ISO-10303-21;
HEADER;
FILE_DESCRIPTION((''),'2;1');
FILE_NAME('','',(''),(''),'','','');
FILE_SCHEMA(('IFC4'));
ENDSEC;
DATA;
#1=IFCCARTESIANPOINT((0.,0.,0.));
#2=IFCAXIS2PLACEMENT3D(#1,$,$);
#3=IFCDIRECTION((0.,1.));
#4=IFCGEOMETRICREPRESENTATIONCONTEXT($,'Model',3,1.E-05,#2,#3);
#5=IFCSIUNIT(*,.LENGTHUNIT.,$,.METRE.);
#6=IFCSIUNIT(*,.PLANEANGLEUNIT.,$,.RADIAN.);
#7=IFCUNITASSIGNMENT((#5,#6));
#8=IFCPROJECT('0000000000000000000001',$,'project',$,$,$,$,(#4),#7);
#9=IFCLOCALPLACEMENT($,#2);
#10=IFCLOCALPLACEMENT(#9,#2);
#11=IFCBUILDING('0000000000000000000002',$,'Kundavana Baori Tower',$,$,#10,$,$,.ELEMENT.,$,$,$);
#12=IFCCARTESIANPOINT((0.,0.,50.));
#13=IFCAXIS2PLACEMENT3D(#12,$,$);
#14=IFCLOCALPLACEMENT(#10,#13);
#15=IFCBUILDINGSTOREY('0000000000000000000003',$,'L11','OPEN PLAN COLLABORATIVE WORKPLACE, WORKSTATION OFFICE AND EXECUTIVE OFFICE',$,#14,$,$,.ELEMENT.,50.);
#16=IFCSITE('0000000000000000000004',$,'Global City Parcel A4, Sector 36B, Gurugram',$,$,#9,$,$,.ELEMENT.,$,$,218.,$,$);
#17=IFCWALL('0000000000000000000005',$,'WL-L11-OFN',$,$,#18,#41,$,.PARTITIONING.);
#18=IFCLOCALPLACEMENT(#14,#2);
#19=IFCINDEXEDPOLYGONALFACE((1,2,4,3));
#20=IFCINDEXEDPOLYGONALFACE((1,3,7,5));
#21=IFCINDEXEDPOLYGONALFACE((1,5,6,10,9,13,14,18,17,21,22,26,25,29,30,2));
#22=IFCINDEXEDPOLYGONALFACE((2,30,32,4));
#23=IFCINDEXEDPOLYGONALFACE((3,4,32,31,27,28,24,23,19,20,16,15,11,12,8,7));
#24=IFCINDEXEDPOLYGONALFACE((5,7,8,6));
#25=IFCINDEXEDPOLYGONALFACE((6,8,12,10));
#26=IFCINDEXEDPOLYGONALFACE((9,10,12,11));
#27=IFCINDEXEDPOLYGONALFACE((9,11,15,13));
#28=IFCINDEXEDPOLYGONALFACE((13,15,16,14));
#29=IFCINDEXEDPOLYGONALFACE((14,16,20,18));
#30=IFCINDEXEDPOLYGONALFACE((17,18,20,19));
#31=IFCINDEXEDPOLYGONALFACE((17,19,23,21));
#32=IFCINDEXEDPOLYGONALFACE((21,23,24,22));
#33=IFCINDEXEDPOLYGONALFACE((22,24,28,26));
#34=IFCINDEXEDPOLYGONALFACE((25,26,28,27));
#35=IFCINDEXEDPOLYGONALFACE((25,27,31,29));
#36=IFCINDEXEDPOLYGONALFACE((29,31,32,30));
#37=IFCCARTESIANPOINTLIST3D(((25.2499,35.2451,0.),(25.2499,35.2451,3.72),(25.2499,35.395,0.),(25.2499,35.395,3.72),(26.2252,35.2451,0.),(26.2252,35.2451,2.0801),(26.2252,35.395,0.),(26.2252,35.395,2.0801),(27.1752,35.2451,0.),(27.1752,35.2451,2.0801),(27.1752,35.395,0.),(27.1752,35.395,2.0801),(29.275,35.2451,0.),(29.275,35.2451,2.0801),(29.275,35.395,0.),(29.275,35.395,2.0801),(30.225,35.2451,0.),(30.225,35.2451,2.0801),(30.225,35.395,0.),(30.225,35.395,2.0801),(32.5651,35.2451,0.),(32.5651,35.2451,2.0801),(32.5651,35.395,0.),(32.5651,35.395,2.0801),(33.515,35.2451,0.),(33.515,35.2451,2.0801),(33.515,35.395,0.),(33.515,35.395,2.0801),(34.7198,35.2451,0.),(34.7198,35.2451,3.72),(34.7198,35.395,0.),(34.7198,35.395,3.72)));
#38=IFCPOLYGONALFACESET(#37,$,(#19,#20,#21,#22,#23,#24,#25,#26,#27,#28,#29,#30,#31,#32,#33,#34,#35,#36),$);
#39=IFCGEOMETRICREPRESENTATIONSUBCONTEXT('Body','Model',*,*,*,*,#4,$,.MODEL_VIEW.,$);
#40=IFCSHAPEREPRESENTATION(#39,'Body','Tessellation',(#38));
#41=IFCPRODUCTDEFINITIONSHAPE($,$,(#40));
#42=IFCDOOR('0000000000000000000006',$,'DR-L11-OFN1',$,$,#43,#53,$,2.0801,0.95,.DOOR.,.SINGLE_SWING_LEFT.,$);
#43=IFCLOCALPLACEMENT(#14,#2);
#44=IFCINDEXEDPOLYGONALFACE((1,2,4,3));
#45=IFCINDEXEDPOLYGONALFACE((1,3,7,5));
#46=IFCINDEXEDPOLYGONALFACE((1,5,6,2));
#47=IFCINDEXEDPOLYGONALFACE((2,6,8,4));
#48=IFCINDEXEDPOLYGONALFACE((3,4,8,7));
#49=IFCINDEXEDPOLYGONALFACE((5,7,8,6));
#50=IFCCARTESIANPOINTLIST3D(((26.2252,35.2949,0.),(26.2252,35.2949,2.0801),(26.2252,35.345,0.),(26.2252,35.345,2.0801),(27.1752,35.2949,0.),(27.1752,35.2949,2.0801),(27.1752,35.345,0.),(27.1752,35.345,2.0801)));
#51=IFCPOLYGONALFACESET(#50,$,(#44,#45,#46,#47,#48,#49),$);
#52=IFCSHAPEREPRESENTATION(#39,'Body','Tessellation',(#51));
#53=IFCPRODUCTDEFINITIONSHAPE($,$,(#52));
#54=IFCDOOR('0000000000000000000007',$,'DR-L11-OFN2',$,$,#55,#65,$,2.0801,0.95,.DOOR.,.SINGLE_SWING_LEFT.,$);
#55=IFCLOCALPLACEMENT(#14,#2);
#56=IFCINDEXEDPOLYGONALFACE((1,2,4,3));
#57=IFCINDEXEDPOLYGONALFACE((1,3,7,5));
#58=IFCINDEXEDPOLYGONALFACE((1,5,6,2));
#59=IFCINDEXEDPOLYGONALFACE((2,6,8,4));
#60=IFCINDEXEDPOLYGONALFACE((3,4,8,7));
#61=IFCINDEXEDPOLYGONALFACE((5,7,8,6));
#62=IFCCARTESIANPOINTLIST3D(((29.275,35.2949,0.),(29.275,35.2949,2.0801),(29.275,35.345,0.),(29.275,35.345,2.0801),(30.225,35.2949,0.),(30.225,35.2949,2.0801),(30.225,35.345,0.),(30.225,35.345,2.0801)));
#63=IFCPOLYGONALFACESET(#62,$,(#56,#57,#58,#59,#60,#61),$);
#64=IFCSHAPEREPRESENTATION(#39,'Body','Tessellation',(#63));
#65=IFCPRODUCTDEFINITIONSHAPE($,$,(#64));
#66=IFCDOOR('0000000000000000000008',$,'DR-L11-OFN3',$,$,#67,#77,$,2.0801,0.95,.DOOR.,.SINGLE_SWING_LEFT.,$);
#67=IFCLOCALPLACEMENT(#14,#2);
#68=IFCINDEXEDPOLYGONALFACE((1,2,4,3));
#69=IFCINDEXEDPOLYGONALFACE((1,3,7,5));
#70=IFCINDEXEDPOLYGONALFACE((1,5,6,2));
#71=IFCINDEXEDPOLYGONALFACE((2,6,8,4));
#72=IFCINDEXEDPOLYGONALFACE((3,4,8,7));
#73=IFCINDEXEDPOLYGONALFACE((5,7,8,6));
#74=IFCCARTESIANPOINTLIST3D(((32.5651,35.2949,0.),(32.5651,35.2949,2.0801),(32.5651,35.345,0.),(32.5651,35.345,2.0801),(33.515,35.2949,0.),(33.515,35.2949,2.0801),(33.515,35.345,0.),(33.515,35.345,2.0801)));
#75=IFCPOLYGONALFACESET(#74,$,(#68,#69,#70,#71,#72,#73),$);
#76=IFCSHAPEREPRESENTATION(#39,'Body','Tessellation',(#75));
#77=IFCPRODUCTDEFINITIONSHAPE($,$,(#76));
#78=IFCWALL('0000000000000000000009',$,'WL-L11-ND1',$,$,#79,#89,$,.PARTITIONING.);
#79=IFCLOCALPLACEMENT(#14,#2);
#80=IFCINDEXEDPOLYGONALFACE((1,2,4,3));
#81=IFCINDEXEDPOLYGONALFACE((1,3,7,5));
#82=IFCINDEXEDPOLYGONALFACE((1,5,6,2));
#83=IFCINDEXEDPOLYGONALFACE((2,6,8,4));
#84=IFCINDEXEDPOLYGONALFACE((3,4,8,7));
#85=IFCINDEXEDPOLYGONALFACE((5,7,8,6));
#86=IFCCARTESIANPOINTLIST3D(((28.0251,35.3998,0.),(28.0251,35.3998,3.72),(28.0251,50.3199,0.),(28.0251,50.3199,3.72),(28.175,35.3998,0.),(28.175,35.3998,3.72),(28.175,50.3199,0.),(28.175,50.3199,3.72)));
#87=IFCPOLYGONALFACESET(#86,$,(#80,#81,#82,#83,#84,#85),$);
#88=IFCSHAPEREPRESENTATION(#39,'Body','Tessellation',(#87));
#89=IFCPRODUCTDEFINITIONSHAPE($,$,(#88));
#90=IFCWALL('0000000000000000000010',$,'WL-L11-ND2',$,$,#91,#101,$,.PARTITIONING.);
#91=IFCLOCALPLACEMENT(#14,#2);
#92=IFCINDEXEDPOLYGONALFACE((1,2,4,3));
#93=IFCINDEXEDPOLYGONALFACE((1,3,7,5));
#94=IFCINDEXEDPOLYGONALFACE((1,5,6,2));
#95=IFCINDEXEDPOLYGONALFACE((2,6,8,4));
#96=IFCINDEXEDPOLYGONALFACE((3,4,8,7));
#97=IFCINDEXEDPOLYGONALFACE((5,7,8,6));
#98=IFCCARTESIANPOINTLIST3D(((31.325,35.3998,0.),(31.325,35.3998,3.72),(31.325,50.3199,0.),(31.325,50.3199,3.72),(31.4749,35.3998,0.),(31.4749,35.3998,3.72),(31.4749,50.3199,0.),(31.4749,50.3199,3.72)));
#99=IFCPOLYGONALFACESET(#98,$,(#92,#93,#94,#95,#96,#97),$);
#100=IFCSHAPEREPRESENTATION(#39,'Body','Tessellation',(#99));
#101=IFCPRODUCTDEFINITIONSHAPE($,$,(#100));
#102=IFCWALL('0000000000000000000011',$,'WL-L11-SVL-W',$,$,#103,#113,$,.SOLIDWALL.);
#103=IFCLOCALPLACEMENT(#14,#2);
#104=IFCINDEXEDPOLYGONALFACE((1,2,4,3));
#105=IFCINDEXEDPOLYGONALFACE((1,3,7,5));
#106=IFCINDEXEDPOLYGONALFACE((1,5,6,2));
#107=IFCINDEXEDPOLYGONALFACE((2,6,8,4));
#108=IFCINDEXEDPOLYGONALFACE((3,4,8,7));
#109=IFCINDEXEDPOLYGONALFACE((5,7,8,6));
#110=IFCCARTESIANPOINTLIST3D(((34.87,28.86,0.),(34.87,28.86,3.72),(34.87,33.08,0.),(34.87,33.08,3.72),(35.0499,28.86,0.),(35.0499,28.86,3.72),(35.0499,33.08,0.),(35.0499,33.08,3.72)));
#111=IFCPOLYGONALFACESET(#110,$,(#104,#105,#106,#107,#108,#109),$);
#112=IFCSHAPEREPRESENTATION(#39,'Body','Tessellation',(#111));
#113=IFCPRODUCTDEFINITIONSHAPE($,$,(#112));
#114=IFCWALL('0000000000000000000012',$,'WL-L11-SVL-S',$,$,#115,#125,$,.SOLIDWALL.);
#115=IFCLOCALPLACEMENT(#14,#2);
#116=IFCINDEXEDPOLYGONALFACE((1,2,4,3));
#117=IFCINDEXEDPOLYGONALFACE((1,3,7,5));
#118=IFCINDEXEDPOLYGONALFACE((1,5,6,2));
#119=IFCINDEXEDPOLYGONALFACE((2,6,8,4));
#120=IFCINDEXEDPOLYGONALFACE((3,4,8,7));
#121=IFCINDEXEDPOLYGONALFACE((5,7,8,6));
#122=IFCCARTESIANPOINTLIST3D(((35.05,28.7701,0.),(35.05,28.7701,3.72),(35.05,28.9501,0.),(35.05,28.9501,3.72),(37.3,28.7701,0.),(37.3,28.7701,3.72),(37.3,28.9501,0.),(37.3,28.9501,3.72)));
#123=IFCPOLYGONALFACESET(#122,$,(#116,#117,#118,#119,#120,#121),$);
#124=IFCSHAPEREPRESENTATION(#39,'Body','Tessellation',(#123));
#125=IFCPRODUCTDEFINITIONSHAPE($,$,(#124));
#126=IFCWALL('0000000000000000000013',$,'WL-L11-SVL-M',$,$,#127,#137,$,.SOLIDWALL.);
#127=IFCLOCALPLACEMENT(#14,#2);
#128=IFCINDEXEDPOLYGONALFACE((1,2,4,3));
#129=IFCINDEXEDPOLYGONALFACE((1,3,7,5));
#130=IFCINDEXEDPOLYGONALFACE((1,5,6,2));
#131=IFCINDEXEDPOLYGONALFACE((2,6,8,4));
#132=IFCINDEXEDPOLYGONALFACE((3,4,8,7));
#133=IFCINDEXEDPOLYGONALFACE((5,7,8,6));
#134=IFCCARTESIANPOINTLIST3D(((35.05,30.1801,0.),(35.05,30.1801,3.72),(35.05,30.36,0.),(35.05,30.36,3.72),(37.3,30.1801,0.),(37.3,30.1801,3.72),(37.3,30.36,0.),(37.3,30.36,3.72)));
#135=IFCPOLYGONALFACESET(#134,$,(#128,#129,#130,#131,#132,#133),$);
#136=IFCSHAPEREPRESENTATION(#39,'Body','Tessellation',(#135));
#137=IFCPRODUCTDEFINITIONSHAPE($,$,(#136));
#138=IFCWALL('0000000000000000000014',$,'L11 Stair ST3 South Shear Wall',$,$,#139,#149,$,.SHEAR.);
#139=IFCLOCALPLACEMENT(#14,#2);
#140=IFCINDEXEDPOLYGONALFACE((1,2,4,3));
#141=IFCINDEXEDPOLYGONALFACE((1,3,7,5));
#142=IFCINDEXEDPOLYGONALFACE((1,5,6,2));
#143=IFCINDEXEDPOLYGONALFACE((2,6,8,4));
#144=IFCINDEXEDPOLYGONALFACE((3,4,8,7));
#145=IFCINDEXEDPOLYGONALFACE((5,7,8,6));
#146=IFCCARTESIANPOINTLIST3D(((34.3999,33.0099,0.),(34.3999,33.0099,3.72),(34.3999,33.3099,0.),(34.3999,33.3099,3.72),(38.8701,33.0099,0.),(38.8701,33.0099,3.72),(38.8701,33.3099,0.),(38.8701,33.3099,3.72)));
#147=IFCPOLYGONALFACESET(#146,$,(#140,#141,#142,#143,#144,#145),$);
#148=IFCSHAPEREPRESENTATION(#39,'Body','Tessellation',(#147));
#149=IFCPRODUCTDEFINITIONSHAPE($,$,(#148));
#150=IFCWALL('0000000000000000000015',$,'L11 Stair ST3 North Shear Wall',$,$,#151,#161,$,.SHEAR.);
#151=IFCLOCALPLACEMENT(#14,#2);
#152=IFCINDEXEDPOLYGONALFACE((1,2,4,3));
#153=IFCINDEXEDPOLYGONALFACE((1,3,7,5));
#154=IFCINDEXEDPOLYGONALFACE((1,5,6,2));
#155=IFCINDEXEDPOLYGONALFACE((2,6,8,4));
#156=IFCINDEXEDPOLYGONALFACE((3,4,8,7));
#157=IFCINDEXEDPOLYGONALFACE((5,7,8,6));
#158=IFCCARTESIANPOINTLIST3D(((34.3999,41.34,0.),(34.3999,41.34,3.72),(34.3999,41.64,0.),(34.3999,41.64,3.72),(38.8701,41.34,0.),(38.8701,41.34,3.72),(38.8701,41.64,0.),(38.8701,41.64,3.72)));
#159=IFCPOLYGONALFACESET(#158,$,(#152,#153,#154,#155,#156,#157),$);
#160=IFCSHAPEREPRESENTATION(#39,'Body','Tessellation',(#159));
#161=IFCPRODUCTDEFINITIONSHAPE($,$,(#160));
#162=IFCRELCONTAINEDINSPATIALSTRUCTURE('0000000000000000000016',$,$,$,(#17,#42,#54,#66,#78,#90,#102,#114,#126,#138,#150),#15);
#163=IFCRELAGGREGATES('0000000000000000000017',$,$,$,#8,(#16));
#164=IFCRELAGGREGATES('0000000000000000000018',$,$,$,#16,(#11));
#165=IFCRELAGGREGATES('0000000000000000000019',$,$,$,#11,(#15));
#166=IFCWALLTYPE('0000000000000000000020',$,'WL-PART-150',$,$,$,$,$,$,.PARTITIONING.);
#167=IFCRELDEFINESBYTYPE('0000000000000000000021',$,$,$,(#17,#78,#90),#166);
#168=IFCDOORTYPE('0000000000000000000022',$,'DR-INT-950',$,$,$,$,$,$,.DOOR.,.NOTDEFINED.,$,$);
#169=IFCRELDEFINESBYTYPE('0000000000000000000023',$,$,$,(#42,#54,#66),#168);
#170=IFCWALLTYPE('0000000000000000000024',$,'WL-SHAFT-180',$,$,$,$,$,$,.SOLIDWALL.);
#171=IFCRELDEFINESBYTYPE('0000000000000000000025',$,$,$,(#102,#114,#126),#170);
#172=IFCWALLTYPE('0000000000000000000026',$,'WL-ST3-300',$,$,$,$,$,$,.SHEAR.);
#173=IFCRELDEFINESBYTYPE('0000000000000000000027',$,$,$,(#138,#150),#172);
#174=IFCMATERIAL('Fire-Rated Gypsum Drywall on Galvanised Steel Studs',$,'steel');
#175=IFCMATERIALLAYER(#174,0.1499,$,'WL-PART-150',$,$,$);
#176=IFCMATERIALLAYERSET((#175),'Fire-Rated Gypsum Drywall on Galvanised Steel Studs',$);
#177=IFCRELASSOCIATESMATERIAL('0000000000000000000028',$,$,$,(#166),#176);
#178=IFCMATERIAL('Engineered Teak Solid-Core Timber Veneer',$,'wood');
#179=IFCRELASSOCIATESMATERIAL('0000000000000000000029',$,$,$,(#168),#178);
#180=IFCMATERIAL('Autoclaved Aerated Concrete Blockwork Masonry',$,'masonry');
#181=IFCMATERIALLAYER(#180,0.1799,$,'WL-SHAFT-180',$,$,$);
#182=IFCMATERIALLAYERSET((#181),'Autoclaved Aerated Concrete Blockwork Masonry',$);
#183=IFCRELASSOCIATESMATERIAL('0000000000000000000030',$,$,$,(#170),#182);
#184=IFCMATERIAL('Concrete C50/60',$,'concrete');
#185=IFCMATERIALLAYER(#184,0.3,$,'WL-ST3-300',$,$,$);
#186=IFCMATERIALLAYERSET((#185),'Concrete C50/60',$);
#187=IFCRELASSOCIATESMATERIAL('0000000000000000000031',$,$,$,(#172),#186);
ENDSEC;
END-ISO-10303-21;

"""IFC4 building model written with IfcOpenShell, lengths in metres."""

from ifc_helpers import new_model, si_unit, direction, frame, frame_2d, origin, place, context, subcontext, project, spatial, rectangle, extrude, material, layer, layer_set, type_object, element, fill, save


model = new_model("IFC4")

# Units and contexts
model_context = context("Model", 3, precision=1e-05, world=origin(), true_north=direction((0.0, 1.0)))
body_context = subcontext(model_context, "Body", "Model", "MODEL_VIEW")
ifc_project = project(units=[si_unit("LENGTHUNIT", "METRE"), si_unit("PLANEANGLEUNIT", "RADIAN")], contexts=[model_context])

# Site, building, storey
site_placement = place(None, origin())
site = spatial("IfcSite", under=ifc_project, at=site_placement, Name="Global City Parcel A4, Sector 36B, Gurugram", CompositionType="ELEMENT", RefElevation=218.0)
building_placement = place(site_placement, origin())
building = spatial("IfcBuilding", under=site, at=building_placement, Name="Kundavana Baori Tower", CompositionType="ELEMENT")
storey_placement = place(building_placement, frame((0.0, 0.0, 50.0)))
storey = spatial("IfcBuildingStorey", under=building, at=storey_placement, Name="L11", Description="OPEN PLAN COLLABORATIVE WORKPLACE, WORKSTATION OFFICE AND EXECUTIVE OFFICE", CompositionType="ELEMENT", Elevation=50.0)

# Wall, openings, doors
ifc_material_1 = material(Name="Fire-Rated Gypsum Drywall on Galvanised Steel Studs", Category="steel")
ifc_layer_1 = layer(ifc_material_1, 0.1499, Name="WL-PART-150")
ifc_layer_set_1 = layer_set([ifc_layer_1], Name="Fire-Rated Gypsum Drywall on Galvanised Steel Studs")
wall_type_1 = type_object("IfcWallType", Name="WL-PART-150", PredefinedType="PARTITIONING", material=ifc_layer_set_1)
wall_1_placement = place(storey_placement, frame((25.25, 35.3201, 0.0), z_axis=(0.0, 0.0, 1.0), x_axis=(1.0, 0.0, 0.0)))
wall_1 = element("IfcWall", 1, at=wall_1_placement, inside=storey, type_object=wall_type_1, Name="WL-L11-OFN", PredefinedType="PARTITIONING", context=body_context, shape_type="SweptSolid", body=[
    extrude(rectangle(XDim=9.47, YDim=0.1499, at=frame_2d((4.7349, 0.0))), origin(), (0.0, 0.0, 1.0), 3.72),
])
opening_1_placement = place(wall_1_placement, frame((0.9751, 0.0, 0.0)))
opening_1 = element("IfcOpeningElement", 2, at=opening_1_placement, cuts=wall_1, PredefinedType="OPENING", context=body_context, shape_type="SweptSolid", body=[
    extrude(rectangle(XDim=0.95, YDim=2.0801, at=frame_2d((0.4751, 1.04))), frame((0.0, 0.085, 0.0), z_axis=(0.0, -1.0, 0.0), x_axis=(1.0, 0.0, 0.0)), (0.0, 0.0, 1.0), 0.1699),
])
opening_2_placement = place(wall_1_placement, frame((4.0249, 0.0, 0.0)))
opening_2 = element("IfcOpeningElement", 3, at=opening_2_placement, cuts=wall_1, PredefinedType="OPENING", context=body_context, shape_type="SweptSolid", body=[
    extrude(rectangle(XDim=0.95, YDim=2.0801, at=frame_2d((0.4751, 1.04))), frame((0.0, 0.085, 0.0), z_axis=(0.0, -1.0, 0.0), x_axis=(1.0, 0.0, 0.0)), (0.0, 0.0, 1.0), 0.1699),
])
opening_3_placement = place(wall_1_placement, frame((7.3149, 0.0, 0.0)))
opening_3 = element("IfcOpeningElement", 4, at=opening_3_placement, cuts=wall_1, PredefinedType="OPENING", context=body_context, shape_type="SweptSolid", body=[
    extrude(rectangle(XDim=0.95, YDim=2.0801, at=frame_2d((0.4751, 1.04))), frame((0.0, 0.085, 0.0), z_axis=(0.0, -1.0, 0.0), x_axis=(1.0, 0.0, 0.0)), (0.0, 0.0, 1.0), 0.1699),
])
ifc_material_2 = material(Name="Engineered Teak Solid-Core Timber Veneer", Category="wood")
door_type_1 = type_object("IfcDoorType", Name="DR-INT-950", OperationType="NOTDEFINED", PredefinedType="DOOR", material=ifc_material_2)
door_1_placement = place(opening_1_placement, origin())
door_1 = element("IfcDoor", 5, at=door_1_placement, inside=storey, type_object=door_type_1, Name="DR-L11-OFN1", OperationType="SINGLE_SWING_LEFT", OverallHeight=2.0801, OverallWidth=0.95, PredefinedType="DOOR", context=body_context, shape_type="SweptSolid", body=[
    extrude(rectangle(XDim=0.95, YDim=2.0801, at=frame_2d((0.4751, 1.04))), frame((0.0, 0.0249, 0.0), z_axis=(0.0, -1.0, 0.0), x_axis=(1.0, 0.0, 0.0)), (0.0, 0.0, 1.0), 0.05),
])
fill(opening_1, door_1)
door_2_placement = place(opening_2_placement, origin())
door_2 = element("IfcDoor", 6, at=door_2_placement, inside=storey, type_object=door_type_1, Name="DR-L11-OFN2", OperationType="SINGLE_SWING_LEFT", OverallHeight=2.0801, OverallWidth=0.95, PredefinedType="DOOR", context=body_context, shape_type="SweptSolid", body=[
    extrude(rectangle(XDim=0.95, YDim=2.0801, at=frame_2d((0.4751, 1.04))), frame((0.0, 0.0249, 0.0), z_axis=(0.0, -1.0, 0.0), x_axis=(1.0, 0.0, 0.0)), (0.0, 0.0, 1.0), 0.05),
])
fill(opening_2, door_2)
door_3_placement = place(opening_3_placement, origin())
door_3 = element("IfcDoor", 7, at=door_3_placement, inside=storey, type_object=door_type_1, Name="DR-L11-OFN3", OperationType="SINGLE_SWING_LEFT", OverallHeight=2.0801, OverallWidth=0.95, PredefinedType="DOOR", context=body_context, shape_type="SweptSolid", body=[
    extrude(rectangle(XDim=0.95, YDim=2.0801, at=frame_2d((0.4751, 1.04))), frame((0.0, 0.0249, 0.0), z_axis=(0.0, -1.0, 0.0), x_axis=(1.0, 0.0, 0.0)), (0.0, 0.0, 1.0), 0.05),
])
fill(opening_3, door_3)

# Walls
for number, where, z_axis, x_axis, name in (
    (8, (28.1001, 35.3999, 0.0), (0.0, 0.0, 1.0), (0.0, 1.0, 0.0), "WL-L11-ND1"),
    (9, (31.3999, 35.3999, 0.0), (0.0, 0.0, 1.0), (0.0, 1.0, 0.0), "WL-L11-ND2"),
):
    element("IfcWall", number, at=place(storey_placement, frame(where, z_axis=z_axis, x_axis=x_axis)), inside=storey, type_object=wall_type_1, Name=name, PredefinedType="PARTITIONING", context=body_context, shape_type="SweptSolid", body=[
        extrude(rectangle(XDim=14.9202, YDim=0.1499, at=frame_2d((7.46, 0.0))), origin(), (0.0, 0.0, 1.0), 3.72),
    ])
ifc_material_3 = material(Name="Autoclaved Aerated Concrete Blockwork Masonry", Category="masonry")
ifc_layer_2 = layer(ifc_material_3, 0.1799, Name="WL-SHAFT-180")
ifc_layer_set_2 = layer_set([ifc_layer_2], Name="Autoclaved Aerated Concrete Blockwork Masonry")
wall_type_2 = type_object("IfcWallType", Name="WL-SHAFT-180", PredefinedType="SOLIDWALL", material=ifc_layer_set_2)
wall_2_placement = place(storey_placement, frame((34.96, 28.8601, 0.0), z_axis=(0.0, 0.0, 1.0), x_axis=(0.0, 1.0, 0.0)))
element("IfcWall", 10, at=wall_2_placement, inside=storey, type_object=wall_type_2, Name="WL-L11-SVL-W", PredefinedType="SOLIDWALL", context=body_context, shape_type="SweptSolid", body=[
    extrude(rectangle(XDim=4.22, YDim=0.1799, at=frame_2d((2.1099, 0.0))), origin(), (0.0, 0.0, 1.0), 3.72),
])
for number, where, z_axis, x_axis, name in (
    (11, (35.05, 28.8601, 0.0), (0.0, 0.0, 1.0), (1.0, 0.0, 0.0), "WL-L11-SVL-S"),
    (12, (35.05, 30.27, 0.0), (0.0, 0.0, 1.0), (1.0, 0.0, 0.0), "WL-L11-SVL-M"),
):
    element("IfcWall", number, at=place(storey_placement, frame(where, z_axis=z_axis, x_axis=x_axis)), inside=storey, type_object=wall_type_2, Name=name, PredefinedType="SOLIDWALL", context=body_context, shape_type="SweptSolid", body=[
        extrude(rectangle(XDim=2.25, YDim=0.1799, at=frame_2d((1.125, 0.0))), origin(), (0.0, 0.0, 1.0), 3.72),
    ])
ifc_material_4 = material(Name="Concrete C50/60", Category="concrete")
ifc_layer_3 = layer(ifc_material_4, 0.3, Name="WL-ST3-300")
ifc_layer_set_3 = layer_set([ifc_layer_3], Name="Concrete C50/60")
wall_type_3 = type_object("IfcWallType", Name="WL-ST3-300", PredefinedType="SHEAR", material=ifc_layer_set_3)
for number, where, z_axis, x_axis, name in (
    (13, (34.3999, 33.1599, 0.0), (0.0, 0.0, 1.0), (1.0, 0.0, 0.0), "L11 Stair ST3 South Shear Wall"),
    (14, (34.3999, 41.49, 0.0), (0.0, 0.0, 1.0), (1.0, 0.0, 0.0), "L11 Stair ST3 North Shear Wall"),
):
    element("IfcWall", number, at=place(storey_placement, frame(where, z_axis=z_axis, x_axis=x_axis)), inside=storey, type_object=wall_type_3, Name=name, PredefinedType="SHEAR", context=body_context, shape_type="SweptSolid", body=[
        extrude(rectangle(XDim=4.4702, YDim=0.3, at=frame_2d((2.2351, 0.0))), origin(), (0.0, 0.0, 1.0), 3.72),
    ])

save(model, "model.ifc")
